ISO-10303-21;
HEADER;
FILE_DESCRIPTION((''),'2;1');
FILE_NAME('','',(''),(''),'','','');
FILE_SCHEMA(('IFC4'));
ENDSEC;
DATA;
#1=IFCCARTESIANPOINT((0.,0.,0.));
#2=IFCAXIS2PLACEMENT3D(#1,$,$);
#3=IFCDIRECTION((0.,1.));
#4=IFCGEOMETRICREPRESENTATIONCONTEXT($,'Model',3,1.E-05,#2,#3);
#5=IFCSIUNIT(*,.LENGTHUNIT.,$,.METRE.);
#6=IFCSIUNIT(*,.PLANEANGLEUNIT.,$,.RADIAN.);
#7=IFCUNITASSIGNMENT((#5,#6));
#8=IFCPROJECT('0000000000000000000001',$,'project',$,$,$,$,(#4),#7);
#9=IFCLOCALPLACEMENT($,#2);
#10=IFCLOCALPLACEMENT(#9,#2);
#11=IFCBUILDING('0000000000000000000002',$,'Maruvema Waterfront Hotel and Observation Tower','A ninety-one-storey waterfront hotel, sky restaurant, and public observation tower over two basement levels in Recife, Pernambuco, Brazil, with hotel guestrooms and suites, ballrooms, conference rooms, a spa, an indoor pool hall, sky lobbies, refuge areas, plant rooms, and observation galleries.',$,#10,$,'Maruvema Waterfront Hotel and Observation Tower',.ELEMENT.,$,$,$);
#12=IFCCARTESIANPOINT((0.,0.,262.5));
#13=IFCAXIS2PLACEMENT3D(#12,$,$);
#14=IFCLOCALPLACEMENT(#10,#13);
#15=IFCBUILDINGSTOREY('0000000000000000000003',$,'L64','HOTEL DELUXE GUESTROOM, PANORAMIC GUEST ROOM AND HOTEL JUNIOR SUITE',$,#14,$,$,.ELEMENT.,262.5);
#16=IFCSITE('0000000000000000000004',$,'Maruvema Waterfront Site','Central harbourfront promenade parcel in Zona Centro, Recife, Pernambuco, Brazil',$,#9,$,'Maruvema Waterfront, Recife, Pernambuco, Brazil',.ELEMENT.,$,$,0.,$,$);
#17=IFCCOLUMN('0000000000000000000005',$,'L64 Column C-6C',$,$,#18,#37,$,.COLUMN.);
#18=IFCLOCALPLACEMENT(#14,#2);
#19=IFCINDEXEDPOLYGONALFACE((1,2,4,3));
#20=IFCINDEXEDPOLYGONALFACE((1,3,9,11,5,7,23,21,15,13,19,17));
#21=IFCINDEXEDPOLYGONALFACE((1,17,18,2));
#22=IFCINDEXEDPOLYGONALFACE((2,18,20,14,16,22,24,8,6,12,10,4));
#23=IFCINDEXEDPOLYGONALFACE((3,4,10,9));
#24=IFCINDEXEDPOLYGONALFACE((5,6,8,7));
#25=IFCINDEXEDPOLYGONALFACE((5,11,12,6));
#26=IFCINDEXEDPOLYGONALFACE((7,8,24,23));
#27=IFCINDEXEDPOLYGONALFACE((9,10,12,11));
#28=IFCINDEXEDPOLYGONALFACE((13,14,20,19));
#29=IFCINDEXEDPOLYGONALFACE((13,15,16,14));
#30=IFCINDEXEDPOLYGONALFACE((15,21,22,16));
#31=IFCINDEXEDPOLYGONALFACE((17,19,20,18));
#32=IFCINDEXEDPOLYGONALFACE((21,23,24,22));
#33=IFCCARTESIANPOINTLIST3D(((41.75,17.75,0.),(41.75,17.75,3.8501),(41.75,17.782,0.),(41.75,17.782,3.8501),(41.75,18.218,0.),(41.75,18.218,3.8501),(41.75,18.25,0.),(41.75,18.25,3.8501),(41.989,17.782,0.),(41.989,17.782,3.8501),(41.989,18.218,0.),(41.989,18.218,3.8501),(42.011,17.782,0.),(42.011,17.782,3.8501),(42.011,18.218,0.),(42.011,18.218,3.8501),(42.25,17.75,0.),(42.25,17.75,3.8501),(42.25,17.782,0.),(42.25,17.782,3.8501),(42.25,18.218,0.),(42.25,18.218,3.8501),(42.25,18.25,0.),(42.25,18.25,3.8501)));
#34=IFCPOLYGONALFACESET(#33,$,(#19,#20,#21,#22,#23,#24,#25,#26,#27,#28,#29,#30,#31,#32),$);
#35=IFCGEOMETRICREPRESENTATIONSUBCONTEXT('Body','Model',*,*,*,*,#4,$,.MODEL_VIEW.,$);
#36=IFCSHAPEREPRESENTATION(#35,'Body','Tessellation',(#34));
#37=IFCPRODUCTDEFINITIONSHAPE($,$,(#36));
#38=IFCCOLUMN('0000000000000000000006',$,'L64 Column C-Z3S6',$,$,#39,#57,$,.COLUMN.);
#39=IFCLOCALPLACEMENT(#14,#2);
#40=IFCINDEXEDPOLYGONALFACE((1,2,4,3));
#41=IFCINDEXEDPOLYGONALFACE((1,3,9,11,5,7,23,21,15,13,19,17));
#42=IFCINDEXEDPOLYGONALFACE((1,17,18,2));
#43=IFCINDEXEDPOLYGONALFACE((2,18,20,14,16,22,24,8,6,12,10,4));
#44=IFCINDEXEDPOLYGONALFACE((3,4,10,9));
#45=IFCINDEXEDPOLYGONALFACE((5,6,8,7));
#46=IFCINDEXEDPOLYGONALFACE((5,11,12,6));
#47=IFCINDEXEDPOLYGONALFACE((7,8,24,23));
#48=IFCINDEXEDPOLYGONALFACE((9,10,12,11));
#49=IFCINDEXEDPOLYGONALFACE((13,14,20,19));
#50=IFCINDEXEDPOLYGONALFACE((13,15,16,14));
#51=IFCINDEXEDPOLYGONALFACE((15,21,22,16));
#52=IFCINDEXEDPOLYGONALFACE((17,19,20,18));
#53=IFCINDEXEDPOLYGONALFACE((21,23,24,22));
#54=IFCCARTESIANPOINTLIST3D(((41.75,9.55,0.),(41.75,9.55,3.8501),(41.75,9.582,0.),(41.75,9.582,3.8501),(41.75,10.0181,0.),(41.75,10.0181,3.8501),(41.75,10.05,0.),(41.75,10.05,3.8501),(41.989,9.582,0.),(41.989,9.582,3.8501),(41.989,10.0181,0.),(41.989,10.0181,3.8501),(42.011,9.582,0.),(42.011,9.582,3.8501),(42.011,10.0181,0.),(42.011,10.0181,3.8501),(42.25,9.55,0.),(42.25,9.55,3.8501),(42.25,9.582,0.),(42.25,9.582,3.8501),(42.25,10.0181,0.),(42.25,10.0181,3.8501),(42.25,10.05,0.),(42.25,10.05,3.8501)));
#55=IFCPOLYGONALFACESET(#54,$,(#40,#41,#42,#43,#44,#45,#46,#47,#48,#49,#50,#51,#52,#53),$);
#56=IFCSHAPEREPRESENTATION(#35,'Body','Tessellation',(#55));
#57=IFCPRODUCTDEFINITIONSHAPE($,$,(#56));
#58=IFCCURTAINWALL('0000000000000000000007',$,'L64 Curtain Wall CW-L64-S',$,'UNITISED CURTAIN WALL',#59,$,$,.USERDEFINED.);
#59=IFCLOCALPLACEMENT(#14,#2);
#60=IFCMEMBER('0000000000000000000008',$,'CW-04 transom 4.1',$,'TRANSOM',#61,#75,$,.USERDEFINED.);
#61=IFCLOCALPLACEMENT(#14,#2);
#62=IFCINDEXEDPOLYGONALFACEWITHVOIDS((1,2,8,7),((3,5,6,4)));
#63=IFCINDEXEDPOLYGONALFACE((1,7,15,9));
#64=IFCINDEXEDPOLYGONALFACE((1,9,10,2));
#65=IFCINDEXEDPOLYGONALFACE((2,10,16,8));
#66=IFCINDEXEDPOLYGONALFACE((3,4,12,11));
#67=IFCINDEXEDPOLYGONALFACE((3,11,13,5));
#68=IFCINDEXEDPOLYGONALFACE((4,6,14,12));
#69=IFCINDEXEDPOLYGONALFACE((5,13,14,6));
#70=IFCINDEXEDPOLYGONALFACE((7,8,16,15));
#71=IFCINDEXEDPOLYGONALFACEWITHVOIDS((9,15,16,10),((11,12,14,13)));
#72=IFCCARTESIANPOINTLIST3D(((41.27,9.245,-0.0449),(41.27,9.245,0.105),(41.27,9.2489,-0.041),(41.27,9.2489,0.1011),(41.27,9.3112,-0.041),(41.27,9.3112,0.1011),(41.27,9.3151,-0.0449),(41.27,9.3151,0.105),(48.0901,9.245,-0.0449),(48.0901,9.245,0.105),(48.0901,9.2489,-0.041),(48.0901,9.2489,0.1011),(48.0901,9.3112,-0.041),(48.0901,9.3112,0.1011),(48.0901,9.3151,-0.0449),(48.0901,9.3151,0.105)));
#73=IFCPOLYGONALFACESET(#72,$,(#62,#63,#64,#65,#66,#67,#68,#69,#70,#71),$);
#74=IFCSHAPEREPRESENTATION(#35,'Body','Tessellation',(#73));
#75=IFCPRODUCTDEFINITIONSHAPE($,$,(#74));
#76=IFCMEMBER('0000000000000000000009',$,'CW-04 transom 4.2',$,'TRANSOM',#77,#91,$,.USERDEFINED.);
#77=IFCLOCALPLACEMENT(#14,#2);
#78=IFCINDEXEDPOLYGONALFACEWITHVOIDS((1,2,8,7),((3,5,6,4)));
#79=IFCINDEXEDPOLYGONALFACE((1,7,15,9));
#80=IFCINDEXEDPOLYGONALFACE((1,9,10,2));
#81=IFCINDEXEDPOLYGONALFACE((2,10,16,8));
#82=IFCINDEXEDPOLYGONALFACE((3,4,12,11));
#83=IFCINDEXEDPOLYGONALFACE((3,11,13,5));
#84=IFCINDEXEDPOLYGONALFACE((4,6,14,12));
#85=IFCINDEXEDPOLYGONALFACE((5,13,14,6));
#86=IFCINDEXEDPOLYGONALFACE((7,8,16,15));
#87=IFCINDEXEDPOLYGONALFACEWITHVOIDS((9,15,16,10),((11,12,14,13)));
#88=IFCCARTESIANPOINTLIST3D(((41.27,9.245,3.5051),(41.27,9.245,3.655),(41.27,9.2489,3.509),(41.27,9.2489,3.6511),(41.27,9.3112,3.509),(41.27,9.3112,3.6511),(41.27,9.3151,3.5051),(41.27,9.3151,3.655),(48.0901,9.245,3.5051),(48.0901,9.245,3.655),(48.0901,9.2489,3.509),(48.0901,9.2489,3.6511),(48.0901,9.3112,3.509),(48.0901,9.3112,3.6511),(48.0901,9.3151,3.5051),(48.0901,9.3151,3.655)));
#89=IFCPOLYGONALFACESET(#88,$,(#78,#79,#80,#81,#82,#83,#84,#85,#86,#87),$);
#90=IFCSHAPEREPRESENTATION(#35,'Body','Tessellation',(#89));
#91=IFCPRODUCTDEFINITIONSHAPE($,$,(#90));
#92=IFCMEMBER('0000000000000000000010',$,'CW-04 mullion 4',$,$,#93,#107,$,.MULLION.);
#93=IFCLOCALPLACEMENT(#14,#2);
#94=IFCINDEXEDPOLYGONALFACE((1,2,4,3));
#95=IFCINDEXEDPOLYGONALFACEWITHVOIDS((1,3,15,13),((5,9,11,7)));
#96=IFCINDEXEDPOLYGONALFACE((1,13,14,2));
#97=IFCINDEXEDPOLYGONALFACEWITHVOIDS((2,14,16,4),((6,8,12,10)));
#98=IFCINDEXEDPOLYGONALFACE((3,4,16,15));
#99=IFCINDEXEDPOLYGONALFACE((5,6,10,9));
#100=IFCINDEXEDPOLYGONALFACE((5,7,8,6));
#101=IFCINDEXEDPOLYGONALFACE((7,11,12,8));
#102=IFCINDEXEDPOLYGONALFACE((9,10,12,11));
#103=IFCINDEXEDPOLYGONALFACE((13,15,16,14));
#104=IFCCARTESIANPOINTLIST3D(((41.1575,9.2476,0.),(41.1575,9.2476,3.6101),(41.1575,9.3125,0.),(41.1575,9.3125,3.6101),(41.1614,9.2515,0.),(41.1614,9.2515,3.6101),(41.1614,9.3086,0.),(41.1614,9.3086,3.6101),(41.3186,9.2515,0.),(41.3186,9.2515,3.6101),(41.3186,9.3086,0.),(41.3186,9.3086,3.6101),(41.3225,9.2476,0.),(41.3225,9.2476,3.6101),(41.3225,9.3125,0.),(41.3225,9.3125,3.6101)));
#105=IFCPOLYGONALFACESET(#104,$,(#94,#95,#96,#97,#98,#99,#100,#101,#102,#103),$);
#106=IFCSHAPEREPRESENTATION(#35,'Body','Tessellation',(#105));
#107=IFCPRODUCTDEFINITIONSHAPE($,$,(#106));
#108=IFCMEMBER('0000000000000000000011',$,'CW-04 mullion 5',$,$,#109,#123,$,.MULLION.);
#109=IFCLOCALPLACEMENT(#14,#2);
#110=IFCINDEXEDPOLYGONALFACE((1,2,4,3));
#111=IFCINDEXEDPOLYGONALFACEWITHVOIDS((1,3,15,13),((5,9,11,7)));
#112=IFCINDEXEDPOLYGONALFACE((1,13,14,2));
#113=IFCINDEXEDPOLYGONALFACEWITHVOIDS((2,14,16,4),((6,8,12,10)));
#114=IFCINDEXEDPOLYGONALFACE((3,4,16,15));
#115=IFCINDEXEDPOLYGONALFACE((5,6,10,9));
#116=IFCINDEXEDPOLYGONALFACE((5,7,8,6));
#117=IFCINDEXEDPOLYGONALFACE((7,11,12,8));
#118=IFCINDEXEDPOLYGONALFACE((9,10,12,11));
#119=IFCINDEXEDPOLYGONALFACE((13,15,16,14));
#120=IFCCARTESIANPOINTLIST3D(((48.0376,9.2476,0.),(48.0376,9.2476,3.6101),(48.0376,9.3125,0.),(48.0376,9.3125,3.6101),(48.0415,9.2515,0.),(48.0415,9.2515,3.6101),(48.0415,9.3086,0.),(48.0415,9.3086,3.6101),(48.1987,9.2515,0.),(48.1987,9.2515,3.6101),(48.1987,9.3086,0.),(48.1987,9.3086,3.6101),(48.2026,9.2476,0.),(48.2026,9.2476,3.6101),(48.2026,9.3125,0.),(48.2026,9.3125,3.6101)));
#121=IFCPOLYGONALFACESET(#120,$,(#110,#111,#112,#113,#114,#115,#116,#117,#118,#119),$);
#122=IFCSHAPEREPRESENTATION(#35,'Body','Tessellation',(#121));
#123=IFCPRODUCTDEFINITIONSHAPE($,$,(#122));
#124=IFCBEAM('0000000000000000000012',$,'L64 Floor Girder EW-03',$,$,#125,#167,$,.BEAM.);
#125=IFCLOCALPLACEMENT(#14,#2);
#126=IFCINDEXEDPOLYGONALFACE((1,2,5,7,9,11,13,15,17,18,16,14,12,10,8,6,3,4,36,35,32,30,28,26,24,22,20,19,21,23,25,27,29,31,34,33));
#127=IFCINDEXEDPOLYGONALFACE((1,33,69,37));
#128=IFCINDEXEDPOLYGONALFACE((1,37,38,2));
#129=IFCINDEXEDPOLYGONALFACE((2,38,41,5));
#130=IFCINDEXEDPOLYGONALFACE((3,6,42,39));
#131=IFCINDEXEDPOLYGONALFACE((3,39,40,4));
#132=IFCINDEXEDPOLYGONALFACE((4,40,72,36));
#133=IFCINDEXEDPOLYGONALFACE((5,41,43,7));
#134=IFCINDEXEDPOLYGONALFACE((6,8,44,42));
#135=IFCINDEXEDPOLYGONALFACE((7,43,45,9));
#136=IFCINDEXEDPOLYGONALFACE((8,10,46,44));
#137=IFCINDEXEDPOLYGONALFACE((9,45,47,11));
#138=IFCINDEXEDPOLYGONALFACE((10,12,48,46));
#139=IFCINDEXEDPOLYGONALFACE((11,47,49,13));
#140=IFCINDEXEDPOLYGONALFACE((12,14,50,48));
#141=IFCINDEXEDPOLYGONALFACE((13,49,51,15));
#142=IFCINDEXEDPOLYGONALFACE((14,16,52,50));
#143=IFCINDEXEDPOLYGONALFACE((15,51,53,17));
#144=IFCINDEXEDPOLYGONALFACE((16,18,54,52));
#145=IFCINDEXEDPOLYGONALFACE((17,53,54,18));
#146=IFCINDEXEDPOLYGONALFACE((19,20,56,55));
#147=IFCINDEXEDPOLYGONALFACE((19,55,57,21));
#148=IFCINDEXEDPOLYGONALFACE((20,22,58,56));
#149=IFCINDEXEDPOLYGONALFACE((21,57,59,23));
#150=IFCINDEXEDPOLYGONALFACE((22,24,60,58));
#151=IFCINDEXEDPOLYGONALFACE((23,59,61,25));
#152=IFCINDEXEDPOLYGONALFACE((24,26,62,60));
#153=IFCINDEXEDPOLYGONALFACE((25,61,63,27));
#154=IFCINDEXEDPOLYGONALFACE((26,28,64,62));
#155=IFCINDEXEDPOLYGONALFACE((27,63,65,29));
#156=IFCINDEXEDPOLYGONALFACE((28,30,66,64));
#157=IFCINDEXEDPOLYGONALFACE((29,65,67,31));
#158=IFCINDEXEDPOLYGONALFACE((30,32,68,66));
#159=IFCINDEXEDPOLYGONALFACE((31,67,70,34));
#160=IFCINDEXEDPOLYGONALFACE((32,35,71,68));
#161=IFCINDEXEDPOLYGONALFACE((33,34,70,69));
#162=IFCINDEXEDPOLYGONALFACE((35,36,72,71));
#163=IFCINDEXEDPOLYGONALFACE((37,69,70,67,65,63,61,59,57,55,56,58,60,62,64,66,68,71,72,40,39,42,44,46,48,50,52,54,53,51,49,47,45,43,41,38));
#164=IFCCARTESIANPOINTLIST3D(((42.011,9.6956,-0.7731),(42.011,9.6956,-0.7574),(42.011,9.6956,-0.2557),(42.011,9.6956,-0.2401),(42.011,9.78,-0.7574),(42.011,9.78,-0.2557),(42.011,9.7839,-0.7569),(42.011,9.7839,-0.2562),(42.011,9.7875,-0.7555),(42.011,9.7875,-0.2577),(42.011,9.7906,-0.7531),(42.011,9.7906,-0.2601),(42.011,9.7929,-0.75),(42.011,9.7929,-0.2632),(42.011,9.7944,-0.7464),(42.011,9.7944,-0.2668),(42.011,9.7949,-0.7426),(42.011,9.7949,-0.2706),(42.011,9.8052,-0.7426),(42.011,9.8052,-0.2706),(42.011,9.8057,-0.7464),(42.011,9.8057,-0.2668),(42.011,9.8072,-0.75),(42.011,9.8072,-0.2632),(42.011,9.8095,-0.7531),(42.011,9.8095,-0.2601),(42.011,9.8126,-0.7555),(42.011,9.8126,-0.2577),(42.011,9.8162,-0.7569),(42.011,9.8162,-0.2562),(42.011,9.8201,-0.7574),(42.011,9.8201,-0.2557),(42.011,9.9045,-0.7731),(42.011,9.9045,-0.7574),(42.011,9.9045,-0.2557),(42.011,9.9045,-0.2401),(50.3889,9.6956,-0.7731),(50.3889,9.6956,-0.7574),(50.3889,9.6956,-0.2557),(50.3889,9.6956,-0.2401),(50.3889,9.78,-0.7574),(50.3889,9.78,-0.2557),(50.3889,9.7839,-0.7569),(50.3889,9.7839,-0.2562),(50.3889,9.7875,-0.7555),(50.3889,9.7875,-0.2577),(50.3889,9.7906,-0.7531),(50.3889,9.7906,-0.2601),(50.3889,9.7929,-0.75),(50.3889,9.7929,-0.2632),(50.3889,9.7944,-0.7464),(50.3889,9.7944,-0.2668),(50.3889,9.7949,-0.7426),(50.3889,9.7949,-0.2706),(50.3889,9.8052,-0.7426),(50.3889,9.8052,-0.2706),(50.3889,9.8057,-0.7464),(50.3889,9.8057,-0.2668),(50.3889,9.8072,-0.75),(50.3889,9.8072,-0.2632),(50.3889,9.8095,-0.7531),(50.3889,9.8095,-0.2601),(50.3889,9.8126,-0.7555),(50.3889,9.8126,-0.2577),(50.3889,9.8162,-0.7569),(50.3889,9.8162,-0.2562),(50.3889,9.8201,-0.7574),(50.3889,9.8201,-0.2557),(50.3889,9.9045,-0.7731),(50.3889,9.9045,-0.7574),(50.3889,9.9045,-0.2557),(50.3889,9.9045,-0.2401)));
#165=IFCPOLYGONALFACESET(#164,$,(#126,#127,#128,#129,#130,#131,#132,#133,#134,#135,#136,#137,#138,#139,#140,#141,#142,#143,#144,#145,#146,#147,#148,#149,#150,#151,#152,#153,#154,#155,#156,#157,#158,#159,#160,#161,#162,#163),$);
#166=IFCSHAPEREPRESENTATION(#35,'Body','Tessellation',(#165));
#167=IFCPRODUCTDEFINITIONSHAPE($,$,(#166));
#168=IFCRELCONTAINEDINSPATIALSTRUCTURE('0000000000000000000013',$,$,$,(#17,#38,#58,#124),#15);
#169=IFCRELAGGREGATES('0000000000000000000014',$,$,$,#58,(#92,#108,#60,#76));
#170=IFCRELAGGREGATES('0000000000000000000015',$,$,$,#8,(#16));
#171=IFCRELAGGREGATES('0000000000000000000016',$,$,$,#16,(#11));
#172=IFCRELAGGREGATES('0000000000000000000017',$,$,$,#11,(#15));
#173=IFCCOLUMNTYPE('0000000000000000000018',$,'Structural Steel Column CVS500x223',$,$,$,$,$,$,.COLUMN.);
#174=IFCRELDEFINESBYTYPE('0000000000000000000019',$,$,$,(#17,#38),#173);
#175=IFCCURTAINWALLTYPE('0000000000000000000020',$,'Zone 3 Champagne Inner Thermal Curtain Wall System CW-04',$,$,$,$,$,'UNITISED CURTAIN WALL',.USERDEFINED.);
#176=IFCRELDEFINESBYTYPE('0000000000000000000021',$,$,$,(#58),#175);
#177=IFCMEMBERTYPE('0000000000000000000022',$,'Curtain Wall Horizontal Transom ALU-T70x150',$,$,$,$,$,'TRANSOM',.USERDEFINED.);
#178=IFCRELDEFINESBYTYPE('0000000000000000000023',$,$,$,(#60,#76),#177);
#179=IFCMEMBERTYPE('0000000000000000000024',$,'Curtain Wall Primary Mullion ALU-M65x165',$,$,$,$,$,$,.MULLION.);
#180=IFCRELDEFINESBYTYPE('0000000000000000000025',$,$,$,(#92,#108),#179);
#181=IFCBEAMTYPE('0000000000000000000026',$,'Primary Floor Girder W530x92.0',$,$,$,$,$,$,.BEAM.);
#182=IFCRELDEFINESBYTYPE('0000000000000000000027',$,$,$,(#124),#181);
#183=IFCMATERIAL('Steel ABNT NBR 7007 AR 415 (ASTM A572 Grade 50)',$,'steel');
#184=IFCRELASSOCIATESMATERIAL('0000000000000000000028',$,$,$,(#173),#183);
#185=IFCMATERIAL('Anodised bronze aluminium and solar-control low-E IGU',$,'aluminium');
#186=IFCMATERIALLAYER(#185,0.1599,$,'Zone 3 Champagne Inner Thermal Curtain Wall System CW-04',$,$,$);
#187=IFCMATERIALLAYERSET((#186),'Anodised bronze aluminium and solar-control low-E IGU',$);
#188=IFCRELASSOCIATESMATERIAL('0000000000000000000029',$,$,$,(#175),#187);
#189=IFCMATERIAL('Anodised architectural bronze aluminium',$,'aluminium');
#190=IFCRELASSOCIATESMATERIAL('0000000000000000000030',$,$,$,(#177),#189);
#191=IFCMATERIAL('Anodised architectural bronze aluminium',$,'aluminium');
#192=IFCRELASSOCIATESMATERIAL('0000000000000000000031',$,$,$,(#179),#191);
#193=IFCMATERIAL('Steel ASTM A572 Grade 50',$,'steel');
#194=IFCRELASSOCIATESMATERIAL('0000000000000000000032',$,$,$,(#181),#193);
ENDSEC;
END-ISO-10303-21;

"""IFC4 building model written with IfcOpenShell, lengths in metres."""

from ifc_helpers import new_model, si_unit, direction, frame, origin, origin_2d, place, context, subcontext, project, spatial, hollow_rectangle, i_section, extrude, material, layer, layer_set, material_profile, profile_set, type_object, element, aggregate, save


model = new_model("IFC4")

# Units and contexts
model_context = context("Model", 3, precision=1e-05, world=origin(), true_north=direction((0.0, 1.0)))
body_context = subcontext(model_context, "Body", "Model", "MODEL_VIEW")
ifc_project = project(units=[si_unit("LENGTHUNIT", "METRE"), si_unit("PLANEANGLEUNIT", "RADIAN")], contexts=[model_context])

# Site, building, storey
site_placement = place(None, origin())
site = spatial("IfcSite", under=ifc_project, at=site_placement, Name="Maruvema Waterfront Site", Description="Central harbourfront promenade parcel in Zona Centro, Recife, Pernambuco, Brazil", LongName="Maruvema Waterfront, Recife, Pernambuco, Brazil", CompositionType="ELEMENT", RefElevation=0.0)
building_placement = place(site_placement, origin())
building = spatial("IfcBuilding", under=site, at=building_placement, Name="Maruvema Waterfront Hotel and Observation Tower", Description="A ninety-one-storey waterfront hotel, sky restaurant, and public observation tower over two basement levels in Recife, Pernambuco, Brazil, with hotel guestrooms and suites, ballrooms, conference rooms, a spa, an indoor pool hall, sky lobbies, refuge areas, plant rooms, and observation galleries.", LongName="Maruvema Waterfront Hotel and Observation Tower", CompositionType="ELEMENT")
storey_placement = place(building_placement, frame((0.0, 0.0, 262.5)))
storey = spatial("IfcBuildingStorey", under=building, at=storey_placement, Name="L64", Description="HOTEL DELUXE GUESTROOM, PANORAMIC GUEST ROOM AND HOTEL JUNIOR SUITE", CompositionType="ELEMENT", Elevation=262.5)

# Columns
ifc_material_1 = material(Name="Steel ABNT NBR 7007 AR 415 (ASTM A572 Grade 50)", Category="steel")
ifc_material_profile_1 = material_profile(ifc_material_1, i_section(OverallWidth=0.5, OverallDepth=0.5, WebThickness=0.022, FlangeThickness=0.032, at=origin_2d()), Name="CVS500x223")
ifc_profile_set_1 = profile_set([ifc_material_profile_1], Name="Steel ABNT NBR 7007 AR 415 (ASTM A572 Grade 50)")
column_type = type_object("IfcColumnType", Name="Structural Steel Column CVS500x223", PredefinedType="COLUMN", material=ifc_profile_set_1)
for number, where, z_axis, x_axis, name in (
    (1, (42.0, 18.0, 0.0), (0.0, 0.0, 1.0), (1.0, 0.0, 0.0), "L64 Column C-6C"),
    (2, (42.0, 9.8, 0.0), (0.0, 0.0, 1.0), (1.0, 0.0, 0.0), "L64 Column C-Z3S6"),
):
    element("IfcColumn", number, at=place(storey_placement, frame(where, z_axis=z_axis, x_axis=x_axis)), inside=storey, type_object=column_type, Name=name, PredefinedType="COLUMN", context=body_context, shape_type="SweptSolid", body=[
        extrude(i_section(OverallWidth=0.5, OverallDepth=0.5, WebThickness=0.022, FlangeThickness=0.032, at=origin_2d()), origin(), (0.0, 0.0, 1.0), 3.8501),
    ])

# Curtain wall, members
ifc_material_2 = material(Name="Anodised bronze aluminium and solar-control low-E IGU", Category="aluminium")
ifc_layer_1 = layer(ifc_material_2, 0.1599, Name="Zone 3 Champagne Inner Thermal Curtain Wall System CW-04")
ifc_layer_set_1 = layer_set([ifc_layer_1], Name="Anodised bronze aluminium and solar-control low-E IGU")
curtain_wall_type = type_object("IfcCurtainWallType", Name="Zone 3 Champagne Inner Thermal Curtain Wall System CW-04", ElementType="UNITISED CURTAIN WALL", PredefinedType="USERDEFINED", material=ifc_layer_set_1)
curtain_wall_placement = place(storey_placement, origin())
curtain_wall = element("IfcCurtainWall", 3, at=curtain_wall_placement, inside=storey, type_object=curtain_wall_type, Name="L64 Curtain Wall CW-L64-S", ObjectType="UNITISED CURTAIN WALL", PredefinedType="USERDEFINED")
ifc_material_3 = material(Name="Anodised architectural bronze aluminium", Category="aluminium")
ifc_material_profile_2 = material_profile(ifc_material_3, hollow_rectangle(XDim=0.0701, YDim=0.1499, WallThickness=0.0039, at=origin_2d()), Name="ALU-T70x150")
ifc_profile_set_2 = profile_set([ifc_material_profile_2], Name="Anodised architectural bronze aluminium")
member_type_1 = type_object("IfcMemberType", Name="Curtain Wall Horizontal Transom ALU-T70x150", ElementType="TRANSOM", PredefinedType="USERDEFINED", material=ifc_profile_set_2)
member_1_placement = place(storey_placement, frame((41.27, 9.28, 0.03), z_axis=(1.0, 0.0, 0.0), x_axis=(0.0, 1.0, 0.0)))
member_1 = element("IfcMember", 4, at=member_1_placement, type_object=member_type_1, Name="CW-04 transom 4.1", ObjectType="TRANSOM", PredefinedType="USERDEFINED", context=body_context, shape_type="SweptSolid", body=[
    extrude(hollow_rectangle(XDim=0.0701, YDim=0.1499, WallThickness=0.0039, at=origin_2d()), origin(), (0.0, 0.0, 1.0), 6.8201),
])
member_2_placement = place(storey_placement, frame((41.27, 9.28, 3.5801), z_axis=(1.0, 0.0, 0.0), x_axis=(0.0, 1.0, 0.0)))
member_2 = element("IfcMember", 5, at=member_2_placement, type_object=member_type_1, Name="CW-04 transom 4.2", ObjectType="TRANSOM", PredefinedType="USERDEFINED", context=body_context, shape_type="SweptSolid", body=[
    extrude(hollow_rectangle(XDim=0.0701, YDim=0.1499, WallThickness=0.0039, at=origin_2d()), origin(), (0.0, 0.0, 1.0), 6.8201),
])
ifc_material_4 = material(Name="Anodised architectural bronze aluminium", Category="aluminium")
ifc_material_profile_3 = material_profile(ifc_material_4, hollow_rectangle(XDim=0.0649, YDim=0.165, WallThickness=0.0039, at=origin_2d()), Name="ALU-M65x165")
ifc_profile_set_3 = profile_set([ifc_material_profile_3], Name="Anodised architectural bronze aluminium")
member_type_2 = type_object("IfcMemberType", Name="Curtain Wall Primary Mullion ALU-M65x165", PredefinedType="MULLION", material=ifc_profile_set_3)
member_3_placement = place(storey_placement, frame((41.24, 9.28, 0.0), z_axis=(0.0, 0.0, 1.0), x_axis=(0.0, 1.0, 0.0)))
member_3 = element("IfcMember", 6, at=member_3_placement, type_object=member_type_2, Name="CW-04 mullion 4", PredefinedType="MULLION", context=body_context, shape_type="SweptSolid", body=[
    extrude(hollow_rectangle(XDim=0.0649, YDim=0.165, WallThickness=0.0039, at=origin_2d()), origin(), (0.0, 0.0, 1.0), 3.6101),
])
member_4_placement = place(storey_placement, frame((48.1201, 9.28, 0.0), z_axis=(0.0, 0.0, 1.0), x_axis=(0.0, 1.0, 0.0)))
member_4 = element("IfcMember", 7, at=member_4_placement, type_object=member_type_2, Name="CW-04 mullion 5", PredefinedType="MULLION", context=body_context, shape_type="SweptSolid", body=[
    extrude(hollow_rectangle(XDim=0.0649, YDim=0.165, WallThickness=0.0039, at=origin_2d()), origin(), (0.0, 0.0, 1.0), 3.6101),
])

# Beam
ifc_material_5 = material(Name="Steel ASTM A572 Grade 50", Category="steel")
ifc_material_profile_4 = material_profile(ifc_material_5, i_section(OverallWidth=0.209, OverallDepth=0.533, WebThickness=0.0103, FlangeThickness=0.0156, FilletRadius=0.0149, at=origin_2d()), Name="W530x92.0")
ifc_profile_set_4 = profile_set([ifc_material_profile_4], Name="Steel ASTM A572 Grade 50")
beam_type_1 = type_object("IfcBeamType", Name="Primary Floor Girder W530x92.0", PredefinedType="BEAM", material=ifc_profile_set_4)
beam_1_placement = place(storey_placement, frame((42.011, 9.8, -0.5066), z_axis=(1.0, 0.0, 0.0), x_axis=(0.0, 1.0, 0.0)))
element("IfcBeam", 8, at=beam_1_placement, inside=storey, type_object=beam_type_1, Name="L64 Floor Girder EW-03", PredefinedType="BEAM", context=body_context, shape_type="SweptSolid", body=[
    extrude(i_section(OverallWidth=0.209, OverallDepth=0.533, WebThickness=0.0103, FlangeThickness=0.0156, FilletRadius=0.0149, at=origin_2d()), origin(), (0.0, 0.0, 1.0), 8.3779),
])

aggregate(curtain_wall, [member_3, member_4, member_1, member_2])

save(model, "model.ifc")
